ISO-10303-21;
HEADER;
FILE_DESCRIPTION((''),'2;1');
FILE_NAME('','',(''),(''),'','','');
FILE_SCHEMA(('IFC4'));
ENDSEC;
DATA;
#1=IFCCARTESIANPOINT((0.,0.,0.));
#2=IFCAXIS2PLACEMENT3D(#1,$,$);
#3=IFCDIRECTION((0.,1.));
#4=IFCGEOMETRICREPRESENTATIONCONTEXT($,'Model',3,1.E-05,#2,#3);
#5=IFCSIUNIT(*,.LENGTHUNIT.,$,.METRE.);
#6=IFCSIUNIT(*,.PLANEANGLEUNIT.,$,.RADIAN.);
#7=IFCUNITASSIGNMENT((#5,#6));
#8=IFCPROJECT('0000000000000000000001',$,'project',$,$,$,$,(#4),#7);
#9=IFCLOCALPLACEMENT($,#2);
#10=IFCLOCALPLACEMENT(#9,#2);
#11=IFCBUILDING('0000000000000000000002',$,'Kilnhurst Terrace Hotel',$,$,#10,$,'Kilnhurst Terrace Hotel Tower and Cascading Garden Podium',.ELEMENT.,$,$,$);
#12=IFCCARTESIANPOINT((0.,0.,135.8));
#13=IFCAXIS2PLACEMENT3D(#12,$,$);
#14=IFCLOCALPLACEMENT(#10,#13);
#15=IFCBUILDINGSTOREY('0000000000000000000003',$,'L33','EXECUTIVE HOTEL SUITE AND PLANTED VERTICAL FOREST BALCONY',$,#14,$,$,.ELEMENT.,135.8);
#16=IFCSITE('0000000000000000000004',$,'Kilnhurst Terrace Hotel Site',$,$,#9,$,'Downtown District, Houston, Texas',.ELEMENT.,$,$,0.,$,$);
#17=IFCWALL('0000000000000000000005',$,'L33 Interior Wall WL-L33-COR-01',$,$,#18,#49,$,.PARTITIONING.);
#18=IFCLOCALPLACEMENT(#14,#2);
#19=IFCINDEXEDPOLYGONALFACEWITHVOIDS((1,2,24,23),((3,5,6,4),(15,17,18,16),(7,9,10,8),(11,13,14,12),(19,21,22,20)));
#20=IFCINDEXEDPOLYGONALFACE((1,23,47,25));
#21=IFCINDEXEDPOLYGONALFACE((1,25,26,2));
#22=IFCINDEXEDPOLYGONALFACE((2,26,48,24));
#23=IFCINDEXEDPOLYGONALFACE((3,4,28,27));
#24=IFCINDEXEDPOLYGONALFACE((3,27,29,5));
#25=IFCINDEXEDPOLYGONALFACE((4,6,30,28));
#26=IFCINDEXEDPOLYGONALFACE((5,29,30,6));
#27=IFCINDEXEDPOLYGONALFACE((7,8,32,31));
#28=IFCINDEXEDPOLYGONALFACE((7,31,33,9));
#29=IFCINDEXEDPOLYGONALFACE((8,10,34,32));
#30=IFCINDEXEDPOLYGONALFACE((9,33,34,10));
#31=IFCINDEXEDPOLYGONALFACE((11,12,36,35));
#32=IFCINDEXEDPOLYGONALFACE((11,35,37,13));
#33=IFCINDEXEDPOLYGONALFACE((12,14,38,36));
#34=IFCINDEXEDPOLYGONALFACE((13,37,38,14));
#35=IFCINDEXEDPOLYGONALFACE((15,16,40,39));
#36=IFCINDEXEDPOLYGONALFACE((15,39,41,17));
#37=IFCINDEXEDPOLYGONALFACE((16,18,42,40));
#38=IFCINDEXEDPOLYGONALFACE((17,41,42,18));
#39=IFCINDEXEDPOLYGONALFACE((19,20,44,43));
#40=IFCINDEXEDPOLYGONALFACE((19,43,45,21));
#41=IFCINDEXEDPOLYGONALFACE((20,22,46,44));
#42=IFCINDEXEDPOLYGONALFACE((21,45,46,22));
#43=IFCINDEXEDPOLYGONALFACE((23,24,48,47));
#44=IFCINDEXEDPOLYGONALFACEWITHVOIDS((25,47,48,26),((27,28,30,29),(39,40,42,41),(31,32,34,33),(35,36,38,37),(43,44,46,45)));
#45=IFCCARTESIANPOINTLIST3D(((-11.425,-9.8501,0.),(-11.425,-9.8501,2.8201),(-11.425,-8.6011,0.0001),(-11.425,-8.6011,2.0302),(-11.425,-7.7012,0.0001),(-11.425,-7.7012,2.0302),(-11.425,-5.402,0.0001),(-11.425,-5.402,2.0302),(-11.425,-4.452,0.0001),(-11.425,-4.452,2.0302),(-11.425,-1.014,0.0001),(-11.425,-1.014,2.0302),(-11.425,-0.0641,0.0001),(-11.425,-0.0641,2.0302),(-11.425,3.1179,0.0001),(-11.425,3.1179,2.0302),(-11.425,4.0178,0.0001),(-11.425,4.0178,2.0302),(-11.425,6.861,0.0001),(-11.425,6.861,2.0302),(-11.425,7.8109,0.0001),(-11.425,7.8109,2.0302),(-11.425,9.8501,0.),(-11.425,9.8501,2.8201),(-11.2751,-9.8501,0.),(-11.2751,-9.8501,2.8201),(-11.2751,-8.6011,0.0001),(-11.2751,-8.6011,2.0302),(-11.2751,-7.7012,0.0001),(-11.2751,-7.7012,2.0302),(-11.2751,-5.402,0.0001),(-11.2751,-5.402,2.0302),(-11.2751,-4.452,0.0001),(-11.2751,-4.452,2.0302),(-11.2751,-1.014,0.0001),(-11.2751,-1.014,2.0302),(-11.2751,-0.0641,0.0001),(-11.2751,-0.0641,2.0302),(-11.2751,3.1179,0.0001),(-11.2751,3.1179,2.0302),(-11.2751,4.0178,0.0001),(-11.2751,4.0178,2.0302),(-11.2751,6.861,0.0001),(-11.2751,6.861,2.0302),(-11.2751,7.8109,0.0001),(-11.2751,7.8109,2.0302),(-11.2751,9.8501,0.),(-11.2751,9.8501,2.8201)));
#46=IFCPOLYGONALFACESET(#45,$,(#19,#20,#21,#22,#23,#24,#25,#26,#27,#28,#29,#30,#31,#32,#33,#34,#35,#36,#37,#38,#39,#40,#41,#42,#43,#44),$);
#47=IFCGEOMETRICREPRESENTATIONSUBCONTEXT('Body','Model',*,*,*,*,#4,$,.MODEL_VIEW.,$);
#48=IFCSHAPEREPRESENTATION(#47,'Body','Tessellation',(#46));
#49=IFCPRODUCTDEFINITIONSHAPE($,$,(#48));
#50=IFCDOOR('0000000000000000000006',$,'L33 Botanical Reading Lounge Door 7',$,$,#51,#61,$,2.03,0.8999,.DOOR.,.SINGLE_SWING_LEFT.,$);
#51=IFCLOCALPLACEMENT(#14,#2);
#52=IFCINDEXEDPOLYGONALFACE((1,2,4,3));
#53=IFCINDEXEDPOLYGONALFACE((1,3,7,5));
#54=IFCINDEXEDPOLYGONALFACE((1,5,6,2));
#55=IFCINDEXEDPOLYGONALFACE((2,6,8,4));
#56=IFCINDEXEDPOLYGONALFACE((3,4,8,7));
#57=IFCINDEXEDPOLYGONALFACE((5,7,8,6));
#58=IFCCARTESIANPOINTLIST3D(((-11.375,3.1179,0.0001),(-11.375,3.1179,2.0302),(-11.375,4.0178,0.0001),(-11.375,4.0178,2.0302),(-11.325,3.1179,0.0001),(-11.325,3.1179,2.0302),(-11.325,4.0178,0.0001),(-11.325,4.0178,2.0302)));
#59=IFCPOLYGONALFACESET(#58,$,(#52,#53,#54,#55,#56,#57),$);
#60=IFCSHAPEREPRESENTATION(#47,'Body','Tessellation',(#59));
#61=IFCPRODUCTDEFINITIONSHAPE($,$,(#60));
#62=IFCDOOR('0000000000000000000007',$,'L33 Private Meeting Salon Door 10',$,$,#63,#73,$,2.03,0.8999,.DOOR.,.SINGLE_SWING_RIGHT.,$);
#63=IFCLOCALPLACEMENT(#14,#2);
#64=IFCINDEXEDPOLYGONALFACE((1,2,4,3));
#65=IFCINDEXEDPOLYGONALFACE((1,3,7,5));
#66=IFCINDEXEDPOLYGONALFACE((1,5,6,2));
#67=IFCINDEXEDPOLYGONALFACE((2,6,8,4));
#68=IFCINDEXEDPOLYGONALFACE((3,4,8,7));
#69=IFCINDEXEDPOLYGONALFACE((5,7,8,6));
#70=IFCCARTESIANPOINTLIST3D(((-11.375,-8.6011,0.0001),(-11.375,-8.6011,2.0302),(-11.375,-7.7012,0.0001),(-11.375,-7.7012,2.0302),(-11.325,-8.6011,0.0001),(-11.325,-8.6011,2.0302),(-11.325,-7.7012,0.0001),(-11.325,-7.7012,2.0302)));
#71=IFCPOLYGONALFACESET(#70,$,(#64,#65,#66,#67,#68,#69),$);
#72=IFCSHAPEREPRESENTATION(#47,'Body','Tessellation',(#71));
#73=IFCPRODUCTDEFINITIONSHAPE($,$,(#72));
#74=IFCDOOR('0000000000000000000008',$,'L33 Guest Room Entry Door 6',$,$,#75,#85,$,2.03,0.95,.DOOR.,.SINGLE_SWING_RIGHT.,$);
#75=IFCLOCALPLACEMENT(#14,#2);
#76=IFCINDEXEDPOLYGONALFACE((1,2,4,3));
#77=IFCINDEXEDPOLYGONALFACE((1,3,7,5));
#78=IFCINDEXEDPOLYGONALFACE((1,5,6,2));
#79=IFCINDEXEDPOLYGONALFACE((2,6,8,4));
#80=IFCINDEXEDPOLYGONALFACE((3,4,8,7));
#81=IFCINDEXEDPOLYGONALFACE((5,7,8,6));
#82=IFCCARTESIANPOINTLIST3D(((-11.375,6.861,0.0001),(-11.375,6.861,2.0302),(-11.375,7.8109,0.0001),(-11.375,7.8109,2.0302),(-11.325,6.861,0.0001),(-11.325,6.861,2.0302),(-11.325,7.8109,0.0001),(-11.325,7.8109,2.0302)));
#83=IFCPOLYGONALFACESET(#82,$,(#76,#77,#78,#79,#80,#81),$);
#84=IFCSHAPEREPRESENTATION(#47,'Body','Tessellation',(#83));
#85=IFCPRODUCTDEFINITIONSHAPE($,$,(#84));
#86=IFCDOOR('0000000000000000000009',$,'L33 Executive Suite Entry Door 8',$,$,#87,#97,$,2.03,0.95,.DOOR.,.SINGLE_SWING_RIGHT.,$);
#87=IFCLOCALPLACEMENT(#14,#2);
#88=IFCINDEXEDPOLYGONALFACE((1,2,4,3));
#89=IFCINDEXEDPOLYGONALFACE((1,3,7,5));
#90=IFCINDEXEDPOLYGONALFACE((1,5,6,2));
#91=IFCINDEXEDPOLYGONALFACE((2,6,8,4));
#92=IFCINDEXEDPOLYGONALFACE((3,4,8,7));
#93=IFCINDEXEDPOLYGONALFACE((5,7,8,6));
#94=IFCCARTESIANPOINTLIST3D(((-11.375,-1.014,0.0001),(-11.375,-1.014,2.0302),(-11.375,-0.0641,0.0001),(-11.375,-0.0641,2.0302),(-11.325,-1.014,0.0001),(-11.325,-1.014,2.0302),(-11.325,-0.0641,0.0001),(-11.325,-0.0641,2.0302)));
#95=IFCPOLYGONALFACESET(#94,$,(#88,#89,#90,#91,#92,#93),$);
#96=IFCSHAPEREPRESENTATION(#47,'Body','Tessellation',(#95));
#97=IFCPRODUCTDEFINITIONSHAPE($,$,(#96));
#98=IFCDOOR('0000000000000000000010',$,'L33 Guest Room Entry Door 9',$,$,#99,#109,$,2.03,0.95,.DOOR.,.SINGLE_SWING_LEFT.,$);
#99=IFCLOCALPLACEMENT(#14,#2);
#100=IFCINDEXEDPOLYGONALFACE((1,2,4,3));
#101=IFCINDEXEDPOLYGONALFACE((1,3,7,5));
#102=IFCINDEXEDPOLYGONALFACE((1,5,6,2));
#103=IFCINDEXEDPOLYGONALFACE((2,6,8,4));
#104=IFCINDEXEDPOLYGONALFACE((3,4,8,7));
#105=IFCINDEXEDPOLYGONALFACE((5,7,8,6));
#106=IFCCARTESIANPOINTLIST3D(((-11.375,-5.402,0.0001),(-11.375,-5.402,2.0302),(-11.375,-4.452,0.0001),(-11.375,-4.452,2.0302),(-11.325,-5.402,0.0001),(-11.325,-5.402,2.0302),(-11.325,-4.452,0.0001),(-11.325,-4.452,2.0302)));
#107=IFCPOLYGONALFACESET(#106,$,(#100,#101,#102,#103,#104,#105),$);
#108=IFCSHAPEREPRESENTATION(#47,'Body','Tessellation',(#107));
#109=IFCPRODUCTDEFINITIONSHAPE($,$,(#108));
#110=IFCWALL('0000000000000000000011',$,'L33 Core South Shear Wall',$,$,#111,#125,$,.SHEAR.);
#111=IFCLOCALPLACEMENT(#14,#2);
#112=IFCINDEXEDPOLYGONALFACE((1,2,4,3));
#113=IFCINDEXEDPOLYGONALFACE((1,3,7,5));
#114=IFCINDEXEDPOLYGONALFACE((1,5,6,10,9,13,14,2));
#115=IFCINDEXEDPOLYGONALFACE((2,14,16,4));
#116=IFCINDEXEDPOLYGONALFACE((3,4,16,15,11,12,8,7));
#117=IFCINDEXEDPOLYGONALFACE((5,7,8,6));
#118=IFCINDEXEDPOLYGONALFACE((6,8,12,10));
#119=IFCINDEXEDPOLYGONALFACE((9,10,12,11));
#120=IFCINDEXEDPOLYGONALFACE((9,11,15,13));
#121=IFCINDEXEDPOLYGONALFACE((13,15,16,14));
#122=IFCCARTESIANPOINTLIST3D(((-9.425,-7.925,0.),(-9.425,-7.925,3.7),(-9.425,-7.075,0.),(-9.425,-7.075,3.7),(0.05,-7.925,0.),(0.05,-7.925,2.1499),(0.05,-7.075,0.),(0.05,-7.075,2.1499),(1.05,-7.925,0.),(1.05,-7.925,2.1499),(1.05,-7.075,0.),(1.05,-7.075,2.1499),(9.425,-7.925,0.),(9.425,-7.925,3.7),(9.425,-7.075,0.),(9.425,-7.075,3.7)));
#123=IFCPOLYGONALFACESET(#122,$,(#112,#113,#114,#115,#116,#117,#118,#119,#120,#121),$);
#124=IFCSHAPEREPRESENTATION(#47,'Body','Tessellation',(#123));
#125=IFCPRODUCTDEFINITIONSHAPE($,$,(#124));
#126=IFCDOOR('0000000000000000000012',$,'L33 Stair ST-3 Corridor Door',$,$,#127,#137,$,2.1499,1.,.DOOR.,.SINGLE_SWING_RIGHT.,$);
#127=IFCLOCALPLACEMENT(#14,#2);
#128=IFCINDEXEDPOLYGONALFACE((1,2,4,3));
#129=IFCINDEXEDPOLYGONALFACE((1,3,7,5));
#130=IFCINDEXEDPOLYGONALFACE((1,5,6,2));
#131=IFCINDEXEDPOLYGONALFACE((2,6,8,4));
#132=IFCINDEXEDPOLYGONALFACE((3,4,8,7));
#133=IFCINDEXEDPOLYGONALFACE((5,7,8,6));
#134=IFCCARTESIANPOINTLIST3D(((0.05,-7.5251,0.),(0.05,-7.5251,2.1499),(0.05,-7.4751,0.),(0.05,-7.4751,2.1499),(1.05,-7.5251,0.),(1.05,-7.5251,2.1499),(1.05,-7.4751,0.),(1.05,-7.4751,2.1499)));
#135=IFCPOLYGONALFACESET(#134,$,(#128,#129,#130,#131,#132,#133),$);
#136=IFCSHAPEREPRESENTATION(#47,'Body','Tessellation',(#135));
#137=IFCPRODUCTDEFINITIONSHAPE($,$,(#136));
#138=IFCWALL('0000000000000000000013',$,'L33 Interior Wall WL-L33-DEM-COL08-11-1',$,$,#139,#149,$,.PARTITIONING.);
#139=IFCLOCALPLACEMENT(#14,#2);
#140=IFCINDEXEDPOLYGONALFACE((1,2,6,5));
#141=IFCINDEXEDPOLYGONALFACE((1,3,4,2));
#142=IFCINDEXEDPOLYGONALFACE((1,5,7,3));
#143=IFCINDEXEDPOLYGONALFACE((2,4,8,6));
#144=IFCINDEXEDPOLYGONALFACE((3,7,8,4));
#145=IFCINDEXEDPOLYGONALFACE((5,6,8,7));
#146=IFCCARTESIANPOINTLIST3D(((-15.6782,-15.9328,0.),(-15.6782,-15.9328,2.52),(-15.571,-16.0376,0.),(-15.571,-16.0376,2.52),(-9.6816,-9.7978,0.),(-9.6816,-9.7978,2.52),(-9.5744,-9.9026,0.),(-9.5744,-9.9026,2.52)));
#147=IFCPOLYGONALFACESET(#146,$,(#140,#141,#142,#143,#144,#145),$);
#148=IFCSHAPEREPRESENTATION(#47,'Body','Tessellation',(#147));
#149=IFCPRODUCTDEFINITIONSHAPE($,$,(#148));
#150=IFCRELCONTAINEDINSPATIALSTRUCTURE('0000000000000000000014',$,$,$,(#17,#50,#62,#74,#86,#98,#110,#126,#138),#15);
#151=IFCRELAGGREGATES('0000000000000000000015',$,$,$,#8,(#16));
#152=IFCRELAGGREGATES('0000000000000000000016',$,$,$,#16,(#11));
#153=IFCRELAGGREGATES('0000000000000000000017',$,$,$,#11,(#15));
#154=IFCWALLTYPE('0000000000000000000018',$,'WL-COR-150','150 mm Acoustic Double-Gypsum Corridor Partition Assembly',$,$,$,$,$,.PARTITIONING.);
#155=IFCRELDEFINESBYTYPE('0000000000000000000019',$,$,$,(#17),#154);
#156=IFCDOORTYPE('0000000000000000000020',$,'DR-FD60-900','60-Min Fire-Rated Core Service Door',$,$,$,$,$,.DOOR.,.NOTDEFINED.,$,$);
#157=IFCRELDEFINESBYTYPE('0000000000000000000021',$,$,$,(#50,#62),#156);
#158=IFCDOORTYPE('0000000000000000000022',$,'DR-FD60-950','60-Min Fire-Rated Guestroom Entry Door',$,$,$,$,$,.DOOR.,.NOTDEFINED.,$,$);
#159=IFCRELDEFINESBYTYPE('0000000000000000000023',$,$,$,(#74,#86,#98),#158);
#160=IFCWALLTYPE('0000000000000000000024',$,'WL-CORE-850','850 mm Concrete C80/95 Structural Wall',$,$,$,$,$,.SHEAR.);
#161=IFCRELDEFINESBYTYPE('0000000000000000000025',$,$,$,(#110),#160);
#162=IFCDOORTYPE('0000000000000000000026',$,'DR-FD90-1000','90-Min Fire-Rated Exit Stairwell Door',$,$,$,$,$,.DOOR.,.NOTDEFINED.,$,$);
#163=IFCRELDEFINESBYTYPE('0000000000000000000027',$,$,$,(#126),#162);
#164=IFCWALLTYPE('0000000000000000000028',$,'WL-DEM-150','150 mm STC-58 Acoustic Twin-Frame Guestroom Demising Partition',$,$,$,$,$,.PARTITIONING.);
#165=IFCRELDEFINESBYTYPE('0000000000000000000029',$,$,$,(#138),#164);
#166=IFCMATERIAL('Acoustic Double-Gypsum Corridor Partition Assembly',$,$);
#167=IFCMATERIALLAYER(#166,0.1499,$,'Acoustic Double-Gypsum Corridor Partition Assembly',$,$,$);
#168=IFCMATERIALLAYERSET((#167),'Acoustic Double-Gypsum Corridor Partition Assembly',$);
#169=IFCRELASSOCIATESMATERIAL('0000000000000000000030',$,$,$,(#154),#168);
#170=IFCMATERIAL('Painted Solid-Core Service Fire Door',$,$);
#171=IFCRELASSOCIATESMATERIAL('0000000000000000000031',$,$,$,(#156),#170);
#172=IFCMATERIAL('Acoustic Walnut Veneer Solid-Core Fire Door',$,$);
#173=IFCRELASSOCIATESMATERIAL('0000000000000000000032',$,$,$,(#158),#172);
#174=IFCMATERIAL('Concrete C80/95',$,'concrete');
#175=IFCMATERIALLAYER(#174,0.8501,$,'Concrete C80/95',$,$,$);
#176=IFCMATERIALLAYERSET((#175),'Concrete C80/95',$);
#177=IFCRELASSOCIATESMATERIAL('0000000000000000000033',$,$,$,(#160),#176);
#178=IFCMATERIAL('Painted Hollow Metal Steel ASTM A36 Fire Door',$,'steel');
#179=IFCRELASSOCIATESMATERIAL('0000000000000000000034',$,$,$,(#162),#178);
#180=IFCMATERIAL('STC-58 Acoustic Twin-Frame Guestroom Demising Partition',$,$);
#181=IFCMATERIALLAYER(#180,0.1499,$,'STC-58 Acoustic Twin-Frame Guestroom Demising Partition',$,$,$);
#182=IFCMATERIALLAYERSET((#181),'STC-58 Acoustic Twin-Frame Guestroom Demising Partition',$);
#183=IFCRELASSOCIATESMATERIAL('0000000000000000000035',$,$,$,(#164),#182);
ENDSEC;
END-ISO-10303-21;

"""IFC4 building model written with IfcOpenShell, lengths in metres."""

from ifc_helpers import new_model, si_unit, direction, frame, frame_2d, origin, place, context, subcontext, project, spatial, rectangle, extrude, material, layer, layer_set, type_object, element, fill, save


model = new_model("IFC4")

# Units and contexts
model_context = context("Model", 3, precision=1e-05, world=origin(), true_north=direction((0.0, 1.0)))
body_context = subcontext(model_context, "Body", "Model", "MODEL_VIEW")
ifc_project = project(units=[si_unit("LENGTHUNIT", "METRE"), si_unit("PLANEANGLEUNIT", "RADIAN")], contexts=[model_context])

# Site, building, storey
site_placement = place(None, origin())
site = spatial("IfcSite", under=ifc_project, at=site_placement, Name="Kilnhurst Terrace Hotel Site", LongName="Downtown District, Houston, Texas", CompositionType="ELEMENT", RefElevation=0.0)
building_placement = place(site_placement, origin())
building = spatial("IfcBuilding", under=site, at=building_placement, Name="Kilnhurst Terrace Hotel", LongName="Kilnhurst Terrace Hotel Tower and Cascading Garden Podium", CompositionType="ELEMENT")
storey_placement = place(building_placement, frame((0.0, 0.0, 135.8)))
storey = spatial("IfcBuildingStorey", under=building, at=storey_placement, Name="L33", Description="EXECUTIVE HOTEL SUITE AND PLANTED VERTICAL FOREST BALCONY", CompositionType="ELEMENT", Elevation=135.8)

# Shared definitions
ifc_material_1 = material(Name="Concrete C80/95", Category="concrete")

# Wall, openings, doors
ifc_material_2 = material(Name="Acoustic Double-Gypsum Corridor Partition Assembly")
ifc_layer_1 = layer(ifc_material_2, 0.1499, Name="Acoustic Double-Gypsum Corridor Partition Assembly")
ifc_layer_set_1 = layer_set([ifc_layer_1], Name="Acoustic Double-Gypsum Corridor Partition Assembly")
wall_type_1 = type_object("IfcWallType", Name="WL-COR-150", Description="150 mm Acoustic Double-Gypsum Corridor Partition Assembly", PredefinedType="PARTITIONING", material=ifc_layer_set_1)
wall_1_placement = place(storey_placement, frame((-11.3501, -9.8501, 0.0), z_axis=(0.0, 0.0, 1.0), x_axis=(0.0, 1.0, 0.0)))
wall_1 = element("IfcWall", 1, at=wall_1_placement, inside=storey, type_object=wall_type_1, Name="L33 Interior Wall WL-L33-COR-01", PredefinedType="PARTITIONING", context=body_context, shape_type="SweptSolid", body=[
    extrude(rectangle(XDim=19.7002, YDim=0.1499, at=frame_2d((9.8501, 0.0))), origin(), (0.0, 0.0, 1.0), 2.8201),
])
opening_1_placement = place(wall_1_placement, frame((16.7109, 0.0, 0.0)))
opening_1 = element("IfcOpeningElement", 2, at=opening_1_placement, cuts=wall_1, PredefinedType="OPENING", context=body_context, shape_type="SweptSolid", body=[
    extrude(rectangle(XDim=0.95, YDim=2.03, at=frame_2d((0.4751, 1.0151))), frame((0.0, 0.085, 0.0), z_axis=(0.0, -1.0, 0.0), x_axis=(1.0, 0.0, 0.0)), (0.0, 0.0, 1.0), 0.1699),
])
opening_2_placement = place(wall_1_placement, frame((12.968, 0.0, 0.0)))
opening_2 = element("IfcOpeningElement", 3, at=opening_2_placement, cuts=wall_1, PredefinedType="OPENING", context=body_context, shape_type="SweptSolid", body=[
    extrude(rectangle(XDim=0.8999, YDim=2.03, at=frame_2d((0.45, 1.0151))), frame((0.0, 0.085, 0.0), z_axis=(0.0, -1.0, 0.0), x_axis=(1.0, 0.0, 0.0)), (0.0, 0.0, 1.0), 0.1699),
])
opening_3_placement = place(wall_1_placement, frame((8.8359, 0.0, 0.0)))
opening_3 = element("IfcOpeningElement", 4, at=opening_3_placement, cuts=wall_1, PredefinedType="OPENING", context=body_context, shape_type="SweptSolid", body=[
    extrude(rectangle(XDim=0.95, YDim=2.03, at=frame_2d((0.4751, 1.0151))), frame((0.0, 0.085, 0.0), z_axis=(0.0, -1.0, 0.0), x_axis=(1.0, 0.0, 0.0)), (0.0, 0.0, 1.0), 0.1699),
])
opening_4_placement = place(wall_1_placement, frame((4.448, 0.0, 0.0)))
opening_4 = element("IfcOpeningElement", 5, at=opening_4_placement, cuts=wall_1, PredefinedType="OPENING", context=body_context, shape_type="SweptSolid", body=[
    extrude(rectangle(XDim=0.95, YDim=2.03, at=frame_2d((0.4751, 1.0151))), frame((0.0, 0.085, 0.0), z_axis=(0.0, -1.0, 0.0), x_axis=(1.0, 0.0, 0.0)), (0.0, 0.0, 1.0), 0.1699),
])
opening_5_placement = place(wall_1_placement, frame((1.249, 0.0, 0.0)))
opening_5 = element("IfcOpeningElement", 6, at=opening_5_placement, cuts=wall_1, PredefinedType="OPENING", context=body_context, shape_type="SweptSolid", body=[
    extrude(rectangle(XDim=0.8999, YDim=2.03, at=frame_2d((0.45, 1.0151))), frame((0.0, 0.085, 0.0), z_axis=(0.0, -1.0, 0.0), x_axis=(1.0, 0.0, 0.0)), (0.0, 0.0, 1.0), 0.1699),
])
ifc_material_3 = material(Name="Painted Solid-Core Service Fire Door")
door_type_1 = type_object("IfcDoorType", Name="DR-FD60-900", Description="60-Min Fire-Rated Core Service Door", OperationType="NOTDEFINED", PredefinedType="DOOR", material=ifc_material_3)
door_1_placement = place(opening_2_placement, origin())
door_1 = element("IfcDoor", 7, at=door_1_placement, inside=storey, type_object=door_type_1, Name="L33 Botanical Reading Lounge Door 7", OperationType="SINGLE_SWING_LEFT", OverallHeight=2.03, OverallWidth=0.8999, PredefinedType="DOOR", context=body_context, shape_type="SweptSolid", body=[
    extrude(rectangle(XDim=0.8999, YDim=2.03, at=frame_2d((0.45, 1.0151))), frame((0.0, 0.0249, 0.0), z_axis=(0.0, -1.0, 0.0), x_axis=(1.0, 0.0, 0.0)), (0.0, 0.0, 1.0), 0.05),
])
fill(opening_2, door_1)
door_2_placement = place(opening_5_placement, origin())
door_2 = element("IfcDoor", 8, at=door_2_placement, inside=storey, type_object=door_type_1, Name="L33 Private Meeting Salon Door 10", OperationType="SINGLE_SWING_RIGHT", OverallHeight=2.03, OverallWidth=0.8999, PredefinedType="DOOR", context=body_context, shape_type="SweptSolid", body=[
    extrude(rectangle(XDim=0.8999, YDim=2.03, at=frame_2d((0.45, 1.0151))), frame((0.0, 0.0249, 0.0), z_axis=(0.0, -1.0, 0.0), x_axis=(1.0, 0.0, 0.0)), (0.0, 0.0, 1.0), 0.05),
])
fill(opening_5, door_2)
ifc_material_4 = material(Name="Acoustic Walnut Veneer Solid-Core Fire Door")
door_type_2 = type_object("IfcDoorType", Name="DR-FD60-950", Description="60-Min Fire-Rated Guestroom Entry Door", OperationType="NOTDEFINED", PredefinedType="DOOR", material=ifc_material_4)
door_3_placement = place(opening_1_placement, origin())
door_3 = element("IfcDoor", 9, at=door_3_placement, inside=storey, type_object=door_type_2, Name="L33 Guest Room Entry Door 6", OperationType="SINGLE_SWING_RIGHT", OverallHeight=2.03, OverallWidth=0.95, PredefinedType="DOOR", context=body_context, shape_type="SweptSolid", body=[
    extrude(rectangle(XDim=0.95, YDim=2.03, at=frame_2d((0.4751, 1.0151))), frame((0.0, 0.0249, 0.0), z_axis=(0.0, -1.0, 0.0), x_axis=(1.0, 0.0, 0.0)), (0.0, 0.0, 1.0), 0.05),
])
fill(opening_1, door_3)
door_4_placement = place(opening_3_placement, origin())
door_4 = element("IfcDoor", 10, at=door_4_placement, inside=storey, type_object=door_type_2, Name="L33 Executive Suite Entry Door 8", OperationType="SINGLE_SWING_RIGHT", OverallHeight=2.03, OverallWidth=0.95, PredefinedType="DOOR", context=body_context, shape_type="SweptSolid", body=[
    extrude(rectangle(XDim=0.95, YDim=2.03, at=frame_2d((0.4751, 1.0151))), frame((0.0, 0.0249, 0.0), z_axis=(0.0, -1.0, 0.0), x_axis=(1.0, 0.0, 0.0)), (0.0, 0.0, 1.0), 0.05),
])
fill(opening_3, door_4)
door_5_placement = place(opening_4_placement, origin())
door_5 = element("IfcDoor", 11, at=door_5_placement, inside=storey, type_object=door_type_2, Name="L33 Guest Room Entry Door 9", OperationType="SINGLE_SWING_LEFT", OverallHeight=2.03, OverallWidth=0.95, PredefinedType="DOOR", context=body_context, shape_type="SweptSolid", body=[
    extrude(rectangle(XDim=0.95, YDim=2.03, at=frame_2d((0.4751, 1.0151))), frame((0.0, 0.0249, 0.0), z_axis=(0.0, -1.0, 0.0), x_axis=(1.0, 0.0, 0.0)), (0.0, 0.0, 1.0), 0.05),
])
fill(opening_4, door_5)

# Wall, opening, door
ifc_layer_2 = layer(ifc_material_1, 0.8501, Name="Concrete C80/95")
ifc_layer_set_2 = layer_set([ifc_layer_2], Name="Concrete C80/95")
wall_type_2 = type_object("IfcWallType", Name="WL-CORE-850", Description="850 mm Concrete C80/95 Structural Wall", PredefinedType="SHEAR", material=ifc_layer_set_2)
wall_2_placement = place(storey_placement, frame((-9.425, -7.5, 0.0), z_axis=(0.0, 0.0, 1.0), x_axis=(1.0, 0.0, 0.0)))
wall_2 = element("IfcWall", 12, at=wall_2_placement, inside=storey, type_object=wall_type_2, Name="L33 Core South Shear Wall", PredefinedType="SHEAR", context=body_context, shape_type="SweptSolid", body=[
    extrude(rectangle(XDim=18.8501, YDim=0.8501, at=frame_2d((9.425, 0.0))), origin(), (0.0, 0.0, 1.0), 3.7),
])
opening_6_placement = place(wall_2_placement, frame((9.4751, 0.0, 0.0)))
opening_6 = element("IfcOpeningElement", 13, at=opening_6_placement, cuts=wall_2, PredefinedType="OPENING", context=body_context, shape_type="SweptSolid", body=[
    extrude(rectangle(XDim=1.0, YDim=2.1499, at=frame_2d((0.5, 1.075))), frame((0.0, 0.4351, 0.0), z_axis=(0.0, -1.0, 0.0), x_axis=(1.0, 0.0, 0.0)), (0.0, 0.0, 1.0), 0.8701),
])
ifc_material_5 = material(Name="Painted Hollow Metal Steel ASTM A36 Fire Door", Category="steel")
door_type_3 = type_object("IfcDoorType", Name="DR-FD90-1000", Description="90-Min Fire-Rated Exit Stairwell Door", OperationType="NOTDEFINED", PredefinedType="DOOR", material=ifc_material_5)
door_6_placement = place(opening_6_placement, origin())
door_6 = element("IfcDoor", 14, at=door_6_placement, inside=storey, type_object=door_type_3, Name="L33 Stair ST-3 Corridor Door", OperationType="SINGLE_SWING_RIGHT", OverallHeight=2.1499, OverallWidth=1.0, PredefinedType="DOOR", context=body_context, shape_type="SweptSolid", body=[
    extrude(rectangle(XDim=1.0, YDim=2.1499, at=frame_2d((0.5, 1.075))), frame((0.0, 0.0249, 0.0), z_axis=(0.0, -1.0, 0.0), x_axis=(1.0, 0.0, 0.0)), (0.0, 0.0, 1.0), 0.05),
])
fill(opening_6, door_6)

# Wall
ifc_material_6 = material(Name="STC-58 Acoustic Twin-Frame Guestroom Demising Partition")
ifc_layer_3 = layer(ifc_material_6, 0.1499, Name="STC-58 Acoustic Twin-Frame Guestroom Demising Partition")
ifc_layer_set_3 = layer_set([ifc_layer_3], Name="STC-58 Acoustic Twin-Frame Guestroom Demising Partition")
wall_type_3 = type_object("IfcWallType", Name="WL-DEM-150", Description="150 mm STC-58 Acoustic Twin-Frame Guestroom Demising Partition", PredefinedType="PARTITIONING", material=ifc_layer_set_3)
wall_3_placement = place(storey_placement, frame((-9.6279, -9.8501, 0.0), z_axis=(0.0, 0.0, 1.0), x_axis=(-0.698993, -0.715129, 0.0)))
element("IfcWall", 15, at=wall_3_placement, inside=storey, type_object=wall_type_3, Name="L33 Interior Wall WL-L33-DEM-COL08-11-1", PredefinedType="PARTITIONING", context=body_context, shape_type="SweptSolid", body=[
    extrude(rectangle(XDim=8.5789, YDim=0.1499, at=frame_2d((4.2896, 0.0))), origin(), (0.0, 0.0, 1.0), 2.52),
])

save(model, "model.ifc")
